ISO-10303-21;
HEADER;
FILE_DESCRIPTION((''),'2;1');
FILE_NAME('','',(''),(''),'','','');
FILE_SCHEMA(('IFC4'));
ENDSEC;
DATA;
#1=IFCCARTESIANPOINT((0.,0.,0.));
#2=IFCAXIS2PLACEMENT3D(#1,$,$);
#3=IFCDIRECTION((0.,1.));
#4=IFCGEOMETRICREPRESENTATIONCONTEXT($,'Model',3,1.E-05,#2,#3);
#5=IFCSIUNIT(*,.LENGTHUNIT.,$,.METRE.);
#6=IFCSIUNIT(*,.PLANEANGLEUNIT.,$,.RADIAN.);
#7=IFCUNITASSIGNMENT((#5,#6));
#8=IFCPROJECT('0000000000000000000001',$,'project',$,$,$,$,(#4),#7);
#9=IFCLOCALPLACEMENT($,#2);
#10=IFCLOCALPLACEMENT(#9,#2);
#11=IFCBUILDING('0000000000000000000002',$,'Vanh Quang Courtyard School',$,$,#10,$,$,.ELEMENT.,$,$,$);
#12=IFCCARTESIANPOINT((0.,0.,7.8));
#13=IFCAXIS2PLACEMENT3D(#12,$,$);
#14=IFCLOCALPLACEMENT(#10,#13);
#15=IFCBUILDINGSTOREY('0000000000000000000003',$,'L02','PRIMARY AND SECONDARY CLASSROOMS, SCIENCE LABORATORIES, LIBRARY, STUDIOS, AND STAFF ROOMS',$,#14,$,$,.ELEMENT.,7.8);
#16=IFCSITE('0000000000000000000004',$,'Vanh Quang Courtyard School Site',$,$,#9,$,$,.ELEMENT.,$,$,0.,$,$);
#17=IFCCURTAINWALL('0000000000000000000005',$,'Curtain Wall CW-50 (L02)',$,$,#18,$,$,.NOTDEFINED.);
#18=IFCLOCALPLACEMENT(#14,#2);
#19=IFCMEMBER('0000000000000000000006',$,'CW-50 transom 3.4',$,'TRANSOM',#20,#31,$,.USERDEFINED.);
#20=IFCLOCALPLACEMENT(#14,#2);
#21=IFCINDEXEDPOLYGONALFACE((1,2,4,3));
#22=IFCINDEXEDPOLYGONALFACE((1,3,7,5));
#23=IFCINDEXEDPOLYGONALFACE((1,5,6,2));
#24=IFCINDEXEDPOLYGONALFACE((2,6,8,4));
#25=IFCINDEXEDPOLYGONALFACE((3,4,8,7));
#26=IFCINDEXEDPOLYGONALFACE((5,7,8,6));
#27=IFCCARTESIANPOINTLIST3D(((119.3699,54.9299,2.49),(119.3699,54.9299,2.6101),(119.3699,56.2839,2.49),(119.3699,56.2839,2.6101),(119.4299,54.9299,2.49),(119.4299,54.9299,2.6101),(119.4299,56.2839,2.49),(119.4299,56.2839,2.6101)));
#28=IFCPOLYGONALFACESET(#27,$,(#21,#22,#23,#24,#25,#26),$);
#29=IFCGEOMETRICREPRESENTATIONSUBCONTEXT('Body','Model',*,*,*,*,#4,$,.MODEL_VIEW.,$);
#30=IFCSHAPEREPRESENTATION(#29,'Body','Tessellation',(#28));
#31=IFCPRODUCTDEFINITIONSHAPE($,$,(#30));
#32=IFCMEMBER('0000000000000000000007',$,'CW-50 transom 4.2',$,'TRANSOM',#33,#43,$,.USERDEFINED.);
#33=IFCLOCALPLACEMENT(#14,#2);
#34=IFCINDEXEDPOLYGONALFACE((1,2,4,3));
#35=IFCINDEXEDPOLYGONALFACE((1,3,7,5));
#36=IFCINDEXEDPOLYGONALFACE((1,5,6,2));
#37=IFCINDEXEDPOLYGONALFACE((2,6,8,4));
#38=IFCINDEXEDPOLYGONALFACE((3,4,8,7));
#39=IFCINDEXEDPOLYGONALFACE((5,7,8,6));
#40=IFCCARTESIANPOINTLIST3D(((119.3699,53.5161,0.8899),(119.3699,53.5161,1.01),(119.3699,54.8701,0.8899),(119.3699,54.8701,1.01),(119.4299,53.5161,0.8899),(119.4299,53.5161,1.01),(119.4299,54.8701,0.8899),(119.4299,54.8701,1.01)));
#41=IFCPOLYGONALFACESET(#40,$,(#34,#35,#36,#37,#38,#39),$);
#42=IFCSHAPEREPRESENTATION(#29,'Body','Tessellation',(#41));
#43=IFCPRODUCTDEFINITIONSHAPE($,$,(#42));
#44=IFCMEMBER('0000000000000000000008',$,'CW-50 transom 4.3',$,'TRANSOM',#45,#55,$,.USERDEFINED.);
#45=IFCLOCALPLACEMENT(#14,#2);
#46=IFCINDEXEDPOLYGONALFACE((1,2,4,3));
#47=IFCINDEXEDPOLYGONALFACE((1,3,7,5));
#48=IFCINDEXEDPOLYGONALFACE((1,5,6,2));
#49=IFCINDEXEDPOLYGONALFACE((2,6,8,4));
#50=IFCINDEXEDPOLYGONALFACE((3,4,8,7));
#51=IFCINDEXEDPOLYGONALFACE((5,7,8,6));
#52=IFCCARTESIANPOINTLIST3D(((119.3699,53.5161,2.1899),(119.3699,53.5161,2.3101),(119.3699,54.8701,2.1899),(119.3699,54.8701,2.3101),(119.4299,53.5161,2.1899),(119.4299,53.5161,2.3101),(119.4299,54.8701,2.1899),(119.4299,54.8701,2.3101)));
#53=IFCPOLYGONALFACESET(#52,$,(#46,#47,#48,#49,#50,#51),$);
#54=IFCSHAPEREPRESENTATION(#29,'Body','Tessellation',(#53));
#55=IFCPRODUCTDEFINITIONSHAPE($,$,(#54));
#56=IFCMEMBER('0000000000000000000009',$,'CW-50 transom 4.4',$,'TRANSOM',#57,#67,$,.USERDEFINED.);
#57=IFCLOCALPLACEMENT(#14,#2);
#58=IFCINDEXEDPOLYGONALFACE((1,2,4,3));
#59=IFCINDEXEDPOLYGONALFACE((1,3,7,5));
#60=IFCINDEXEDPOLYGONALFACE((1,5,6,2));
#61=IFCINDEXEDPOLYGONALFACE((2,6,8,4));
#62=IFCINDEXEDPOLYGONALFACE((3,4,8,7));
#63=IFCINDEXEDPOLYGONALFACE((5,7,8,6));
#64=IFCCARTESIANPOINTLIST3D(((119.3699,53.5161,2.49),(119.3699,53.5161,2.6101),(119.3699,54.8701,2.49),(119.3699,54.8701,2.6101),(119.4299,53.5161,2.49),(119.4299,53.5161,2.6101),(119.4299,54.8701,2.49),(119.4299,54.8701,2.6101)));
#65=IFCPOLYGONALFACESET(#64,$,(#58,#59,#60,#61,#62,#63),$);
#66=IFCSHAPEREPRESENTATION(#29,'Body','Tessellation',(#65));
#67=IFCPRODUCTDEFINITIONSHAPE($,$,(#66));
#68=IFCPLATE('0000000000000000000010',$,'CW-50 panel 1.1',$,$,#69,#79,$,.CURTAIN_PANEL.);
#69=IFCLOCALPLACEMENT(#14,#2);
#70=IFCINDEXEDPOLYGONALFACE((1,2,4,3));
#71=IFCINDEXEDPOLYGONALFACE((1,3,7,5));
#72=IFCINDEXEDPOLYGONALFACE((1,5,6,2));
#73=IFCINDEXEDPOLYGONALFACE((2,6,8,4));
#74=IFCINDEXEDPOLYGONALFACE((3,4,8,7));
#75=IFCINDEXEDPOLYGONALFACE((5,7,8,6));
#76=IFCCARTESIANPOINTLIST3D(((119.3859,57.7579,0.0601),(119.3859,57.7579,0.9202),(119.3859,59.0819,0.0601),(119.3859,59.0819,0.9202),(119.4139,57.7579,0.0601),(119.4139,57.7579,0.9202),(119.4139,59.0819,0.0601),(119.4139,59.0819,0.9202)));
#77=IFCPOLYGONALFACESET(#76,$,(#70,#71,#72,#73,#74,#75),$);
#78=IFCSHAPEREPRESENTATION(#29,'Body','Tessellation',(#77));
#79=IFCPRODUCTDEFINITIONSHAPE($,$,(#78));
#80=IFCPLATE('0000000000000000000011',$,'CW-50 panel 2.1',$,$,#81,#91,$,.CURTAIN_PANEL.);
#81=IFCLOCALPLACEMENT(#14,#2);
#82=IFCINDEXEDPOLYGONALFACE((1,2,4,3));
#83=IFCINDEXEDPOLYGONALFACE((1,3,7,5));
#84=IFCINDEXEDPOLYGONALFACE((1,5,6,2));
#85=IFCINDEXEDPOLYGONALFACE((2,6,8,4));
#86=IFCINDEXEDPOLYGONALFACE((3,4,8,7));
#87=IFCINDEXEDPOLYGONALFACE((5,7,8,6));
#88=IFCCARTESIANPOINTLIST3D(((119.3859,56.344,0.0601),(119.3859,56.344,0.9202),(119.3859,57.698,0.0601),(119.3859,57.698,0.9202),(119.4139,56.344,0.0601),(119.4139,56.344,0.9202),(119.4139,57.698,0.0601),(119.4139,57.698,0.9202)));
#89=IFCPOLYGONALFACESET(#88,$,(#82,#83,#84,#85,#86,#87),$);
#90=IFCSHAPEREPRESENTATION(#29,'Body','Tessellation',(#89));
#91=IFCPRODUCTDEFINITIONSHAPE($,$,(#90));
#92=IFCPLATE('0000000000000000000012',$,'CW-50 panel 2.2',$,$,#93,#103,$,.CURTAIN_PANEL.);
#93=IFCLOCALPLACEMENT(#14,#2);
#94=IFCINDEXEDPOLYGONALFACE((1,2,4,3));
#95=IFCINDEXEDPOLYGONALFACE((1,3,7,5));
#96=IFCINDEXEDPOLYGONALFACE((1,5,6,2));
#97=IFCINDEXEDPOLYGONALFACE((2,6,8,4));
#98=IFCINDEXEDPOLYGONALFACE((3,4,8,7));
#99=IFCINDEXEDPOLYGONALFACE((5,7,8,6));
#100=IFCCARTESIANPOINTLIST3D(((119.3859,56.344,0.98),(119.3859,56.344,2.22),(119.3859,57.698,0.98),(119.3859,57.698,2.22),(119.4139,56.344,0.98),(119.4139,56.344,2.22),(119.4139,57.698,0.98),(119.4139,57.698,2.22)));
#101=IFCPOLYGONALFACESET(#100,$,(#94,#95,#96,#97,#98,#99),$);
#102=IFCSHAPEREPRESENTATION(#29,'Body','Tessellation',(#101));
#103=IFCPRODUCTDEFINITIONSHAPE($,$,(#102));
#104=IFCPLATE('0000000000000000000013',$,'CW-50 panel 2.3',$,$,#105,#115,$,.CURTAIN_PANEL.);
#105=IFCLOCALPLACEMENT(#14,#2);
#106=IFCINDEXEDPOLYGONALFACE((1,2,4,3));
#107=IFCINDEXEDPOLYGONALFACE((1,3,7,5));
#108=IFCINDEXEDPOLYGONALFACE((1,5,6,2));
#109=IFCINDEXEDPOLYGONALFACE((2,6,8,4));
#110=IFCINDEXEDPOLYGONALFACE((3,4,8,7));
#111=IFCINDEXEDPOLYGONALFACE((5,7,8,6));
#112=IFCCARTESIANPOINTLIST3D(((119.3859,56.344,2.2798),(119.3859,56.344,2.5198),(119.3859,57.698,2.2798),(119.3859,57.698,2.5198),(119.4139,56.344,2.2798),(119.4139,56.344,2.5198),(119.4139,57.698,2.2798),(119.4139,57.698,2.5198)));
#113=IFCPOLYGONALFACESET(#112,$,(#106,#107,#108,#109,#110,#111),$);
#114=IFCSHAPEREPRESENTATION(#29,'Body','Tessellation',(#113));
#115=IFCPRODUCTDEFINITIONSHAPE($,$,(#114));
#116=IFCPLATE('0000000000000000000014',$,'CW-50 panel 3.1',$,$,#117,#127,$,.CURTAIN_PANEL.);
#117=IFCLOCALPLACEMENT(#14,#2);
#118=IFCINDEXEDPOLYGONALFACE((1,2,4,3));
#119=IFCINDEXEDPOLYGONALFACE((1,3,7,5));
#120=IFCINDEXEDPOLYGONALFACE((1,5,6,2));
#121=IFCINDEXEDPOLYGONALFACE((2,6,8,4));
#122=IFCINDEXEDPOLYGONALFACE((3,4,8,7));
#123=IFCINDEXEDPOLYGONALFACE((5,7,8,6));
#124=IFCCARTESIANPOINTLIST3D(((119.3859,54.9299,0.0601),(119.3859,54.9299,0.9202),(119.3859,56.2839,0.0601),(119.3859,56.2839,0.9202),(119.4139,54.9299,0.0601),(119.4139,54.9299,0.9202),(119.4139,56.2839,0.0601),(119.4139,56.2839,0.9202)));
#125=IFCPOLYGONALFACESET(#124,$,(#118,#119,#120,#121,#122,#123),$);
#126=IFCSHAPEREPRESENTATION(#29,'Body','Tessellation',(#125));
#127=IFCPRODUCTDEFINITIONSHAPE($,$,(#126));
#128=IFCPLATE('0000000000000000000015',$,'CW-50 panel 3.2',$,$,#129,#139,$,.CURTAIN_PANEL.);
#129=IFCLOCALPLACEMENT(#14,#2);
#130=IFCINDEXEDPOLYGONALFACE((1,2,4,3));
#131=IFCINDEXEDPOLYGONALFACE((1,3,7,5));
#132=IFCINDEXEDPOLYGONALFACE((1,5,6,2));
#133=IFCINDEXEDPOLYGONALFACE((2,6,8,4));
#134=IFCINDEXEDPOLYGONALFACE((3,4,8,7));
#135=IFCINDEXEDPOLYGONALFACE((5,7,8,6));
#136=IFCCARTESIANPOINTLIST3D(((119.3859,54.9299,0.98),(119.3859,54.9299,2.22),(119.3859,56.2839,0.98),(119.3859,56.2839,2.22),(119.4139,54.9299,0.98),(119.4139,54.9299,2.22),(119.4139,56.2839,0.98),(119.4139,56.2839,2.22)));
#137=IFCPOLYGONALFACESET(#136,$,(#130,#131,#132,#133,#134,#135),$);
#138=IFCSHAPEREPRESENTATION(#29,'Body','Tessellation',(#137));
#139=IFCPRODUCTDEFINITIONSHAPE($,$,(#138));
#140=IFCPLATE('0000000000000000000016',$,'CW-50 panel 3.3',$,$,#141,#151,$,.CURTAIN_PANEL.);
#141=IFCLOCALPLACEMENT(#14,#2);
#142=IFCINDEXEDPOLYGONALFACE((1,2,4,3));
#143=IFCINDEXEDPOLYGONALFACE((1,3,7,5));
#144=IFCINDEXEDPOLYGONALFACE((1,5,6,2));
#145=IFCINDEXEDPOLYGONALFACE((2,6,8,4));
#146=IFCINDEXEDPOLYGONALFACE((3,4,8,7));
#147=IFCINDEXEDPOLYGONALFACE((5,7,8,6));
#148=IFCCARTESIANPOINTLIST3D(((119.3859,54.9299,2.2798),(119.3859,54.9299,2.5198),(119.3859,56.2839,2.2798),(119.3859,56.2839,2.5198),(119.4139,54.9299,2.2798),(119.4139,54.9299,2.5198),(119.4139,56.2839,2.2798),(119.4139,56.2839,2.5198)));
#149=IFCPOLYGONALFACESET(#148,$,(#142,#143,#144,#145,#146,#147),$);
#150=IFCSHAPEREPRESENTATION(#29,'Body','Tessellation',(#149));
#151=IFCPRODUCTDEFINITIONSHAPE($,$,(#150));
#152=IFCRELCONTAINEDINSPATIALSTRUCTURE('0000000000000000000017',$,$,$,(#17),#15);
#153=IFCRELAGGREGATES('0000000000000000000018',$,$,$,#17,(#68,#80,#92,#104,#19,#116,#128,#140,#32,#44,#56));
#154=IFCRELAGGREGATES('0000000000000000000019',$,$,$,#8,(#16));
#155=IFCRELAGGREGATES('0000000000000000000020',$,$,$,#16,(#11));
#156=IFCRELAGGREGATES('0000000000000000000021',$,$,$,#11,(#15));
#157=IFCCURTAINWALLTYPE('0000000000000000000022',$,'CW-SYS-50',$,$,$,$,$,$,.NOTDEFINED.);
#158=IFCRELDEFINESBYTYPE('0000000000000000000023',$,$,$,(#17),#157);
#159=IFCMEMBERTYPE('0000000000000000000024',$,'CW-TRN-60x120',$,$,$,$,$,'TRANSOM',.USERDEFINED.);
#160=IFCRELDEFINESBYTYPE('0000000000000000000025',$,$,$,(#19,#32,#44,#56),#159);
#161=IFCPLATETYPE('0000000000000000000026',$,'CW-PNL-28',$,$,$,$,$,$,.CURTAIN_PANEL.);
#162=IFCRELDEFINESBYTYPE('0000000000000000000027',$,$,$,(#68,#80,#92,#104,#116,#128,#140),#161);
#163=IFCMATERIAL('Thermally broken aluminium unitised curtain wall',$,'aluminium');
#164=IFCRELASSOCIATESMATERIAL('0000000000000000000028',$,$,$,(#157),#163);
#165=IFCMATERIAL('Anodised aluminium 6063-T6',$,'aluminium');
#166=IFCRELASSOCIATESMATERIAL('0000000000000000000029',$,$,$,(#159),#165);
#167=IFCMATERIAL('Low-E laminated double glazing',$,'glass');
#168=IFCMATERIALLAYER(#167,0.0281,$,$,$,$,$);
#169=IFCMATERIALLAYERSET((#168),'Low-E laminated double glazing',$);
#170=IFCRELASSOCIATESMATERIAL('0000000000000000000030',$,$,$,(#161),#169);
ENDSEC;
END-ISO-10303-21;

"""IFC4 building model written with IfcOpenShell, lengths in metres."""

from ifc_helpers import new_model, si_unit, direction, frame, origin, origin_2d, place, context, subcontext, project, spatial, rectangle, extrude, material, layer, layer_set, material_profile, profile_set, type_object, element, aggregate, save


model = new_model("IFC4")

# Units and contexts
model_context = context("Model", 3, precision=1e-05, world=origin(), true_north=direction((0.0, 1.0)))
body_context = subcontext(model_context, "Body", "Model", "MODEL_VIEW")
ifc_project = project(units=[si_unit("LENGTHUNIT", "METRE"), si_unit("PLANEANGLEUNIT", "RADIAN")], contexts=[model_context])

# Site, building, storey
site_placement = place(None, origin())
site = spatial("IfcSite", under=ifc_project, at=site_placement, Name="Vanh Quang Courtyard School Site", CompositionType="ELEMENT", RefElevation=0.0)
building_placement = place(site_placement, origin())
building = spatial("IfcBuilding", under=site, at=building_placement, Name="Vanh Quang Courtyard School", CompositionType="ELEMENT")
storey_placement = place(building_placement, frame((0.0, 0.0, 7.8)))
storey = spatial("IfcBuildingStorey", under=building, at=storey_placement, Name="L02", Description="PRIMARY AND SECONDARY CLASSROOMS, SCIENCE LABORATORIES, LIBRARY, STUDIOS, AND STAFF ROOMS", CompositionType="ELEMENT", Elevation=7.8)

# Curtain wall, members, plates
ifc_material_1 = material(Name="Thermally broken aluminium unitised curtain wall", Category="aluminium")
curtain_wall_type = type_object("IfcCurtainWallType", Name="CW-SYS-50", PredefinedType="NOTDEFINED", material=ifc_material_1)
curtain_wall_placement = place(storey_placement, origin())
curtain_wall = element("IfcCurtainWall", 1, at=curtain_wall_placement, inside=storey, type_object=curtain_wall_type, Name="Curtain Wall CW-50 (L02)", PredefinedType="NOTDEFINED")
ifc_material_2 = material(Name="Anodised aluminium 6063-T6", Category="aluminium")
ifc_material_profile_1 = material_profile(ifc_material_2, rectangle(XDim=0.0601, YDim=0.1201, at=origin_2d()), Name="ALU-TRN 60x120")
ifc_profile_set_1 = profile_set([ifc_material_profile_1], Name="Anodised aluminium 6063-T6")
member_type_1 = type_object("IfcMemberType", Name="CW-TRN-60x120", ElementType="TRANSOM", PredefinedType="USERDEFINED", material=ifc_profile_set_1)
member_1_placement = place(storey_placement, frame((119.3999, 56.2839, 2.55), z_axis=(0.0, -1.0, 0.0), x_axis=(1.0, 0.0, 0.0)))
member_1 = element("IfcMember", 2, at=member_1_placement, type_object=member_type_1, Name="CW-50 transom 3.4", ObjectType="TRANSOM", PredefinedType="USERDEFINED", context=body_context, shape_type="SweptSolid", body=[
    extrude(rectangle(XDim=0.0601, YDim=0.1201, at=origin_2d()), origin(), (0.0, 0.0, 1.0), 1.354),
])
member_2_placement = place(storey_placement, frame((119.3999, 54.8701, 0.95), z_axis=(0.0, -1.0, 0.0), x_axis=(1.0, 0.0, 0.0)))
member_2 = element("IfcMember", 3, at=member_2_placement, type_object=member_type_1, Name="CW-50 transom 4.2", ObjectType="TRANSOM", PredefinedType="USERDEFINED", context=body_context, shape_type="SweptSolid", body=[
    extrude(rectangle(XDim=0.0601, YDim=0.1201, at=origin_2d()), origin(), (0.0, 0.0, 1.0), 1.354),
])
member_3_placement = place(storey_placement, frame((119.3999, 54.8701, 2.25), z_axis=(0.0, -1.0, 0.0), x_axis=(1.0, 0.0, 0.0)))
member_3 = element("IfcMember", 4, at=member_3_placement, type_object=member_type_1, Name="CW-50 transom 4.3", ObjectType="TRANSOM", PredefinedType="USERDEFINED", context=body_context, shape_type="SweptSolid", body=[
    extrude(rectangle(XDim=0.0601, YDim=0.1201, at=origin_2d()), origin(), (0.0, 0.0, 1.0), 1.354),
])
member_4_placement = place(storey_placement, frame((119.3999, 54.8701, 2.55), z_axis=(0.0, -1.0, 0.0), x_axis=(1.0, 0.0, 0.0)))
member_4 = element("IfcMember", 5, at=member_4_placement, type_object=member_type_1, Name="CW-50 transom 4.4", ObjectType="TRANSOM", PredefinedType="USERDEFINED", context=body_context, shape_type="SweptSolid", body=[
    extrude(rectangle(XDim=0.0601, YDim=0.1201, at=origin_2d()), origin(), (0.0, 0.0, 1.0), 1.354),
])
ifc_material_3 = material(Name="Low-E laminated double glazing", Category="glass")
ifc_layer = layer(ifc_material_3, 0.0281)
ifc_layer_set = layer_set([ifc_layer], Name="Low-E laminated double glazing")
plate_type = type_object("IfcPlateType", Name="CW-PNL-28", PredefinedType="CURTAIN_PANEL", material=ifc_layer_set)
plate_1_placement = place(storey_placement, frame((119.3999, 58.4199, 0.0601), z_axis=(0.0, 0.0, 1.0), x_axis=(0.0, -1.0, 0.0)))
plate_1 = element("IfcPlate", 6, at=plate_1_placement, type_object=plate_type, Name="CW-50 panel 1.1", PredefinedType="CURTAIN_PANEL", context=body_context, shape_type="SweptSolid", body=[
    extrude(rectangle(XDim=1.324, YDim=0.0281, at=origin_2d()), origin(), (0.0, 0.0, 1.0), 0.8601),
])
plate_2_placement = place(storey_placement, frame((119.3999, 57.021, 0.0601), z_axis=(0.0, 0.0, 1.0), x_axis=(0.0, -1.0, 0.0)))
plate_2 = element("IfcPlate", 7, at=plate_2_placement, type_object=plate_type, Name="CW-50 panel 2.1", PredefinedType="CURTAIN_PANEL", context=body_context, shape_type="SweptSolid", body=[
    extrude(rectangle(XDim=1.354, YDim=0.0281, at=origin_2d()), origin(), (0.0, 0.0, 1.0), 0.8601),
])
plate_3_placement = place(storey_placement, frame((119.3999, 57.021, 0.98), z_axis=(0.0, 0.0, 1.0), x_axis=(0.0, -1.0, 0.0)))
plate_3 = element("IfcPlate", 8, at=plate_3_placement, type_object=plate_type, Name="CW-50 panel 2.2", PredefinedType="CURTAIN_PANEL", context=body_context, shape_type="SweptSolid", body=[
    extrude(rectangle(XDim=1.354, YDim=0.0281, at=origin_2d()), origin(), (0.0, 0.0, 1.0), 1.24),
])
plate_4_placement = place(storey_placement, frame((119.3999, 57.021, 2.2798), z_axis=(0.0, 0.0, 1.0), x_axis=(0.0, -1.0, 0.0)))
plate_4 = element("IfcPlate", 9, at=plate_4_placement, type_object=plate_type, Name="CW-50 panel 2.3", PredefinedType="CURTAIN_PANEL", context=body_context, shape_type="SweptSolid", body=[
    extrude(rectangle(XDim=1.354, YDim=0.0281, at=origin_2d()), origin(), (0.0, 0.0, 1.0), 0.24),
])
plate_5_placement = place(storey_placement, frame((119.3999, 55.6069, 0.0601), z_axis=(0.0, 0.0, 1.0), x_axis=(0.0, -1.0, 0.0)))
plate_5 = element("IfcPlate", 10, at=plate_5_placement, type_object=plate_type, Name="CW-50 panel 3.1", PredefinedType="CURTAIN_PANEL", context=body_context, shape_type="SweptSolid", body=[
    extrude(rectangle(XDim=1.354, YDim=0.0281, at=origin_2d()), origin(), (0.0, 0.0, 1.0), 0.8601),
])
plate_6_placement = place(storey_placement, frame((119.3999, 55.6069, 0.98), z_axis=(0.0, 0.0, 1.0), x_axis=(0.0, -1.0, 0.0)))
plate_6 = element("IfcPlate", 11, at=plate_6_placement, type_object=plate_type, Name="CW-50 panel 3.2", PredefinedType="CURTAIN_PANEL", context=body_context, shape_type="SweptSolid", body=[
    extrude(rectangle(XDim=1.354, YDim=0.0281, at=origin_2d()), origin(), (0.0, 0.0, 1.0), 1.24),
])
plate_7_placement = place(storey_placement, frame((119.3999, 55.6069, 2.2798), z_axis=(0.0, 0.0, 1.0), x_axis=(0.0, -1.0, 0.0)))
plate_7 = element("IfcPlate", 12, at=plate_7_placement, type_object=plate_type, Name="CW-50 panel 3.3", PredefinedType="CURTAIN_PANEL", context=body_context, shape_type="SweptSolid", body=[
    extrude(rectangle(XDim=1.354, YDim=0.0281, at=origin_2d()), origin(), (0.0, 0.0, 1.0), 0.24),
])
aggregate(curtain_wall, [plate_1, plate_2, plate_3, plate_4, member_1, plate_5, plate_6, plate_7, member_2, member_3, member_4])

save(model, "model.ifc")
